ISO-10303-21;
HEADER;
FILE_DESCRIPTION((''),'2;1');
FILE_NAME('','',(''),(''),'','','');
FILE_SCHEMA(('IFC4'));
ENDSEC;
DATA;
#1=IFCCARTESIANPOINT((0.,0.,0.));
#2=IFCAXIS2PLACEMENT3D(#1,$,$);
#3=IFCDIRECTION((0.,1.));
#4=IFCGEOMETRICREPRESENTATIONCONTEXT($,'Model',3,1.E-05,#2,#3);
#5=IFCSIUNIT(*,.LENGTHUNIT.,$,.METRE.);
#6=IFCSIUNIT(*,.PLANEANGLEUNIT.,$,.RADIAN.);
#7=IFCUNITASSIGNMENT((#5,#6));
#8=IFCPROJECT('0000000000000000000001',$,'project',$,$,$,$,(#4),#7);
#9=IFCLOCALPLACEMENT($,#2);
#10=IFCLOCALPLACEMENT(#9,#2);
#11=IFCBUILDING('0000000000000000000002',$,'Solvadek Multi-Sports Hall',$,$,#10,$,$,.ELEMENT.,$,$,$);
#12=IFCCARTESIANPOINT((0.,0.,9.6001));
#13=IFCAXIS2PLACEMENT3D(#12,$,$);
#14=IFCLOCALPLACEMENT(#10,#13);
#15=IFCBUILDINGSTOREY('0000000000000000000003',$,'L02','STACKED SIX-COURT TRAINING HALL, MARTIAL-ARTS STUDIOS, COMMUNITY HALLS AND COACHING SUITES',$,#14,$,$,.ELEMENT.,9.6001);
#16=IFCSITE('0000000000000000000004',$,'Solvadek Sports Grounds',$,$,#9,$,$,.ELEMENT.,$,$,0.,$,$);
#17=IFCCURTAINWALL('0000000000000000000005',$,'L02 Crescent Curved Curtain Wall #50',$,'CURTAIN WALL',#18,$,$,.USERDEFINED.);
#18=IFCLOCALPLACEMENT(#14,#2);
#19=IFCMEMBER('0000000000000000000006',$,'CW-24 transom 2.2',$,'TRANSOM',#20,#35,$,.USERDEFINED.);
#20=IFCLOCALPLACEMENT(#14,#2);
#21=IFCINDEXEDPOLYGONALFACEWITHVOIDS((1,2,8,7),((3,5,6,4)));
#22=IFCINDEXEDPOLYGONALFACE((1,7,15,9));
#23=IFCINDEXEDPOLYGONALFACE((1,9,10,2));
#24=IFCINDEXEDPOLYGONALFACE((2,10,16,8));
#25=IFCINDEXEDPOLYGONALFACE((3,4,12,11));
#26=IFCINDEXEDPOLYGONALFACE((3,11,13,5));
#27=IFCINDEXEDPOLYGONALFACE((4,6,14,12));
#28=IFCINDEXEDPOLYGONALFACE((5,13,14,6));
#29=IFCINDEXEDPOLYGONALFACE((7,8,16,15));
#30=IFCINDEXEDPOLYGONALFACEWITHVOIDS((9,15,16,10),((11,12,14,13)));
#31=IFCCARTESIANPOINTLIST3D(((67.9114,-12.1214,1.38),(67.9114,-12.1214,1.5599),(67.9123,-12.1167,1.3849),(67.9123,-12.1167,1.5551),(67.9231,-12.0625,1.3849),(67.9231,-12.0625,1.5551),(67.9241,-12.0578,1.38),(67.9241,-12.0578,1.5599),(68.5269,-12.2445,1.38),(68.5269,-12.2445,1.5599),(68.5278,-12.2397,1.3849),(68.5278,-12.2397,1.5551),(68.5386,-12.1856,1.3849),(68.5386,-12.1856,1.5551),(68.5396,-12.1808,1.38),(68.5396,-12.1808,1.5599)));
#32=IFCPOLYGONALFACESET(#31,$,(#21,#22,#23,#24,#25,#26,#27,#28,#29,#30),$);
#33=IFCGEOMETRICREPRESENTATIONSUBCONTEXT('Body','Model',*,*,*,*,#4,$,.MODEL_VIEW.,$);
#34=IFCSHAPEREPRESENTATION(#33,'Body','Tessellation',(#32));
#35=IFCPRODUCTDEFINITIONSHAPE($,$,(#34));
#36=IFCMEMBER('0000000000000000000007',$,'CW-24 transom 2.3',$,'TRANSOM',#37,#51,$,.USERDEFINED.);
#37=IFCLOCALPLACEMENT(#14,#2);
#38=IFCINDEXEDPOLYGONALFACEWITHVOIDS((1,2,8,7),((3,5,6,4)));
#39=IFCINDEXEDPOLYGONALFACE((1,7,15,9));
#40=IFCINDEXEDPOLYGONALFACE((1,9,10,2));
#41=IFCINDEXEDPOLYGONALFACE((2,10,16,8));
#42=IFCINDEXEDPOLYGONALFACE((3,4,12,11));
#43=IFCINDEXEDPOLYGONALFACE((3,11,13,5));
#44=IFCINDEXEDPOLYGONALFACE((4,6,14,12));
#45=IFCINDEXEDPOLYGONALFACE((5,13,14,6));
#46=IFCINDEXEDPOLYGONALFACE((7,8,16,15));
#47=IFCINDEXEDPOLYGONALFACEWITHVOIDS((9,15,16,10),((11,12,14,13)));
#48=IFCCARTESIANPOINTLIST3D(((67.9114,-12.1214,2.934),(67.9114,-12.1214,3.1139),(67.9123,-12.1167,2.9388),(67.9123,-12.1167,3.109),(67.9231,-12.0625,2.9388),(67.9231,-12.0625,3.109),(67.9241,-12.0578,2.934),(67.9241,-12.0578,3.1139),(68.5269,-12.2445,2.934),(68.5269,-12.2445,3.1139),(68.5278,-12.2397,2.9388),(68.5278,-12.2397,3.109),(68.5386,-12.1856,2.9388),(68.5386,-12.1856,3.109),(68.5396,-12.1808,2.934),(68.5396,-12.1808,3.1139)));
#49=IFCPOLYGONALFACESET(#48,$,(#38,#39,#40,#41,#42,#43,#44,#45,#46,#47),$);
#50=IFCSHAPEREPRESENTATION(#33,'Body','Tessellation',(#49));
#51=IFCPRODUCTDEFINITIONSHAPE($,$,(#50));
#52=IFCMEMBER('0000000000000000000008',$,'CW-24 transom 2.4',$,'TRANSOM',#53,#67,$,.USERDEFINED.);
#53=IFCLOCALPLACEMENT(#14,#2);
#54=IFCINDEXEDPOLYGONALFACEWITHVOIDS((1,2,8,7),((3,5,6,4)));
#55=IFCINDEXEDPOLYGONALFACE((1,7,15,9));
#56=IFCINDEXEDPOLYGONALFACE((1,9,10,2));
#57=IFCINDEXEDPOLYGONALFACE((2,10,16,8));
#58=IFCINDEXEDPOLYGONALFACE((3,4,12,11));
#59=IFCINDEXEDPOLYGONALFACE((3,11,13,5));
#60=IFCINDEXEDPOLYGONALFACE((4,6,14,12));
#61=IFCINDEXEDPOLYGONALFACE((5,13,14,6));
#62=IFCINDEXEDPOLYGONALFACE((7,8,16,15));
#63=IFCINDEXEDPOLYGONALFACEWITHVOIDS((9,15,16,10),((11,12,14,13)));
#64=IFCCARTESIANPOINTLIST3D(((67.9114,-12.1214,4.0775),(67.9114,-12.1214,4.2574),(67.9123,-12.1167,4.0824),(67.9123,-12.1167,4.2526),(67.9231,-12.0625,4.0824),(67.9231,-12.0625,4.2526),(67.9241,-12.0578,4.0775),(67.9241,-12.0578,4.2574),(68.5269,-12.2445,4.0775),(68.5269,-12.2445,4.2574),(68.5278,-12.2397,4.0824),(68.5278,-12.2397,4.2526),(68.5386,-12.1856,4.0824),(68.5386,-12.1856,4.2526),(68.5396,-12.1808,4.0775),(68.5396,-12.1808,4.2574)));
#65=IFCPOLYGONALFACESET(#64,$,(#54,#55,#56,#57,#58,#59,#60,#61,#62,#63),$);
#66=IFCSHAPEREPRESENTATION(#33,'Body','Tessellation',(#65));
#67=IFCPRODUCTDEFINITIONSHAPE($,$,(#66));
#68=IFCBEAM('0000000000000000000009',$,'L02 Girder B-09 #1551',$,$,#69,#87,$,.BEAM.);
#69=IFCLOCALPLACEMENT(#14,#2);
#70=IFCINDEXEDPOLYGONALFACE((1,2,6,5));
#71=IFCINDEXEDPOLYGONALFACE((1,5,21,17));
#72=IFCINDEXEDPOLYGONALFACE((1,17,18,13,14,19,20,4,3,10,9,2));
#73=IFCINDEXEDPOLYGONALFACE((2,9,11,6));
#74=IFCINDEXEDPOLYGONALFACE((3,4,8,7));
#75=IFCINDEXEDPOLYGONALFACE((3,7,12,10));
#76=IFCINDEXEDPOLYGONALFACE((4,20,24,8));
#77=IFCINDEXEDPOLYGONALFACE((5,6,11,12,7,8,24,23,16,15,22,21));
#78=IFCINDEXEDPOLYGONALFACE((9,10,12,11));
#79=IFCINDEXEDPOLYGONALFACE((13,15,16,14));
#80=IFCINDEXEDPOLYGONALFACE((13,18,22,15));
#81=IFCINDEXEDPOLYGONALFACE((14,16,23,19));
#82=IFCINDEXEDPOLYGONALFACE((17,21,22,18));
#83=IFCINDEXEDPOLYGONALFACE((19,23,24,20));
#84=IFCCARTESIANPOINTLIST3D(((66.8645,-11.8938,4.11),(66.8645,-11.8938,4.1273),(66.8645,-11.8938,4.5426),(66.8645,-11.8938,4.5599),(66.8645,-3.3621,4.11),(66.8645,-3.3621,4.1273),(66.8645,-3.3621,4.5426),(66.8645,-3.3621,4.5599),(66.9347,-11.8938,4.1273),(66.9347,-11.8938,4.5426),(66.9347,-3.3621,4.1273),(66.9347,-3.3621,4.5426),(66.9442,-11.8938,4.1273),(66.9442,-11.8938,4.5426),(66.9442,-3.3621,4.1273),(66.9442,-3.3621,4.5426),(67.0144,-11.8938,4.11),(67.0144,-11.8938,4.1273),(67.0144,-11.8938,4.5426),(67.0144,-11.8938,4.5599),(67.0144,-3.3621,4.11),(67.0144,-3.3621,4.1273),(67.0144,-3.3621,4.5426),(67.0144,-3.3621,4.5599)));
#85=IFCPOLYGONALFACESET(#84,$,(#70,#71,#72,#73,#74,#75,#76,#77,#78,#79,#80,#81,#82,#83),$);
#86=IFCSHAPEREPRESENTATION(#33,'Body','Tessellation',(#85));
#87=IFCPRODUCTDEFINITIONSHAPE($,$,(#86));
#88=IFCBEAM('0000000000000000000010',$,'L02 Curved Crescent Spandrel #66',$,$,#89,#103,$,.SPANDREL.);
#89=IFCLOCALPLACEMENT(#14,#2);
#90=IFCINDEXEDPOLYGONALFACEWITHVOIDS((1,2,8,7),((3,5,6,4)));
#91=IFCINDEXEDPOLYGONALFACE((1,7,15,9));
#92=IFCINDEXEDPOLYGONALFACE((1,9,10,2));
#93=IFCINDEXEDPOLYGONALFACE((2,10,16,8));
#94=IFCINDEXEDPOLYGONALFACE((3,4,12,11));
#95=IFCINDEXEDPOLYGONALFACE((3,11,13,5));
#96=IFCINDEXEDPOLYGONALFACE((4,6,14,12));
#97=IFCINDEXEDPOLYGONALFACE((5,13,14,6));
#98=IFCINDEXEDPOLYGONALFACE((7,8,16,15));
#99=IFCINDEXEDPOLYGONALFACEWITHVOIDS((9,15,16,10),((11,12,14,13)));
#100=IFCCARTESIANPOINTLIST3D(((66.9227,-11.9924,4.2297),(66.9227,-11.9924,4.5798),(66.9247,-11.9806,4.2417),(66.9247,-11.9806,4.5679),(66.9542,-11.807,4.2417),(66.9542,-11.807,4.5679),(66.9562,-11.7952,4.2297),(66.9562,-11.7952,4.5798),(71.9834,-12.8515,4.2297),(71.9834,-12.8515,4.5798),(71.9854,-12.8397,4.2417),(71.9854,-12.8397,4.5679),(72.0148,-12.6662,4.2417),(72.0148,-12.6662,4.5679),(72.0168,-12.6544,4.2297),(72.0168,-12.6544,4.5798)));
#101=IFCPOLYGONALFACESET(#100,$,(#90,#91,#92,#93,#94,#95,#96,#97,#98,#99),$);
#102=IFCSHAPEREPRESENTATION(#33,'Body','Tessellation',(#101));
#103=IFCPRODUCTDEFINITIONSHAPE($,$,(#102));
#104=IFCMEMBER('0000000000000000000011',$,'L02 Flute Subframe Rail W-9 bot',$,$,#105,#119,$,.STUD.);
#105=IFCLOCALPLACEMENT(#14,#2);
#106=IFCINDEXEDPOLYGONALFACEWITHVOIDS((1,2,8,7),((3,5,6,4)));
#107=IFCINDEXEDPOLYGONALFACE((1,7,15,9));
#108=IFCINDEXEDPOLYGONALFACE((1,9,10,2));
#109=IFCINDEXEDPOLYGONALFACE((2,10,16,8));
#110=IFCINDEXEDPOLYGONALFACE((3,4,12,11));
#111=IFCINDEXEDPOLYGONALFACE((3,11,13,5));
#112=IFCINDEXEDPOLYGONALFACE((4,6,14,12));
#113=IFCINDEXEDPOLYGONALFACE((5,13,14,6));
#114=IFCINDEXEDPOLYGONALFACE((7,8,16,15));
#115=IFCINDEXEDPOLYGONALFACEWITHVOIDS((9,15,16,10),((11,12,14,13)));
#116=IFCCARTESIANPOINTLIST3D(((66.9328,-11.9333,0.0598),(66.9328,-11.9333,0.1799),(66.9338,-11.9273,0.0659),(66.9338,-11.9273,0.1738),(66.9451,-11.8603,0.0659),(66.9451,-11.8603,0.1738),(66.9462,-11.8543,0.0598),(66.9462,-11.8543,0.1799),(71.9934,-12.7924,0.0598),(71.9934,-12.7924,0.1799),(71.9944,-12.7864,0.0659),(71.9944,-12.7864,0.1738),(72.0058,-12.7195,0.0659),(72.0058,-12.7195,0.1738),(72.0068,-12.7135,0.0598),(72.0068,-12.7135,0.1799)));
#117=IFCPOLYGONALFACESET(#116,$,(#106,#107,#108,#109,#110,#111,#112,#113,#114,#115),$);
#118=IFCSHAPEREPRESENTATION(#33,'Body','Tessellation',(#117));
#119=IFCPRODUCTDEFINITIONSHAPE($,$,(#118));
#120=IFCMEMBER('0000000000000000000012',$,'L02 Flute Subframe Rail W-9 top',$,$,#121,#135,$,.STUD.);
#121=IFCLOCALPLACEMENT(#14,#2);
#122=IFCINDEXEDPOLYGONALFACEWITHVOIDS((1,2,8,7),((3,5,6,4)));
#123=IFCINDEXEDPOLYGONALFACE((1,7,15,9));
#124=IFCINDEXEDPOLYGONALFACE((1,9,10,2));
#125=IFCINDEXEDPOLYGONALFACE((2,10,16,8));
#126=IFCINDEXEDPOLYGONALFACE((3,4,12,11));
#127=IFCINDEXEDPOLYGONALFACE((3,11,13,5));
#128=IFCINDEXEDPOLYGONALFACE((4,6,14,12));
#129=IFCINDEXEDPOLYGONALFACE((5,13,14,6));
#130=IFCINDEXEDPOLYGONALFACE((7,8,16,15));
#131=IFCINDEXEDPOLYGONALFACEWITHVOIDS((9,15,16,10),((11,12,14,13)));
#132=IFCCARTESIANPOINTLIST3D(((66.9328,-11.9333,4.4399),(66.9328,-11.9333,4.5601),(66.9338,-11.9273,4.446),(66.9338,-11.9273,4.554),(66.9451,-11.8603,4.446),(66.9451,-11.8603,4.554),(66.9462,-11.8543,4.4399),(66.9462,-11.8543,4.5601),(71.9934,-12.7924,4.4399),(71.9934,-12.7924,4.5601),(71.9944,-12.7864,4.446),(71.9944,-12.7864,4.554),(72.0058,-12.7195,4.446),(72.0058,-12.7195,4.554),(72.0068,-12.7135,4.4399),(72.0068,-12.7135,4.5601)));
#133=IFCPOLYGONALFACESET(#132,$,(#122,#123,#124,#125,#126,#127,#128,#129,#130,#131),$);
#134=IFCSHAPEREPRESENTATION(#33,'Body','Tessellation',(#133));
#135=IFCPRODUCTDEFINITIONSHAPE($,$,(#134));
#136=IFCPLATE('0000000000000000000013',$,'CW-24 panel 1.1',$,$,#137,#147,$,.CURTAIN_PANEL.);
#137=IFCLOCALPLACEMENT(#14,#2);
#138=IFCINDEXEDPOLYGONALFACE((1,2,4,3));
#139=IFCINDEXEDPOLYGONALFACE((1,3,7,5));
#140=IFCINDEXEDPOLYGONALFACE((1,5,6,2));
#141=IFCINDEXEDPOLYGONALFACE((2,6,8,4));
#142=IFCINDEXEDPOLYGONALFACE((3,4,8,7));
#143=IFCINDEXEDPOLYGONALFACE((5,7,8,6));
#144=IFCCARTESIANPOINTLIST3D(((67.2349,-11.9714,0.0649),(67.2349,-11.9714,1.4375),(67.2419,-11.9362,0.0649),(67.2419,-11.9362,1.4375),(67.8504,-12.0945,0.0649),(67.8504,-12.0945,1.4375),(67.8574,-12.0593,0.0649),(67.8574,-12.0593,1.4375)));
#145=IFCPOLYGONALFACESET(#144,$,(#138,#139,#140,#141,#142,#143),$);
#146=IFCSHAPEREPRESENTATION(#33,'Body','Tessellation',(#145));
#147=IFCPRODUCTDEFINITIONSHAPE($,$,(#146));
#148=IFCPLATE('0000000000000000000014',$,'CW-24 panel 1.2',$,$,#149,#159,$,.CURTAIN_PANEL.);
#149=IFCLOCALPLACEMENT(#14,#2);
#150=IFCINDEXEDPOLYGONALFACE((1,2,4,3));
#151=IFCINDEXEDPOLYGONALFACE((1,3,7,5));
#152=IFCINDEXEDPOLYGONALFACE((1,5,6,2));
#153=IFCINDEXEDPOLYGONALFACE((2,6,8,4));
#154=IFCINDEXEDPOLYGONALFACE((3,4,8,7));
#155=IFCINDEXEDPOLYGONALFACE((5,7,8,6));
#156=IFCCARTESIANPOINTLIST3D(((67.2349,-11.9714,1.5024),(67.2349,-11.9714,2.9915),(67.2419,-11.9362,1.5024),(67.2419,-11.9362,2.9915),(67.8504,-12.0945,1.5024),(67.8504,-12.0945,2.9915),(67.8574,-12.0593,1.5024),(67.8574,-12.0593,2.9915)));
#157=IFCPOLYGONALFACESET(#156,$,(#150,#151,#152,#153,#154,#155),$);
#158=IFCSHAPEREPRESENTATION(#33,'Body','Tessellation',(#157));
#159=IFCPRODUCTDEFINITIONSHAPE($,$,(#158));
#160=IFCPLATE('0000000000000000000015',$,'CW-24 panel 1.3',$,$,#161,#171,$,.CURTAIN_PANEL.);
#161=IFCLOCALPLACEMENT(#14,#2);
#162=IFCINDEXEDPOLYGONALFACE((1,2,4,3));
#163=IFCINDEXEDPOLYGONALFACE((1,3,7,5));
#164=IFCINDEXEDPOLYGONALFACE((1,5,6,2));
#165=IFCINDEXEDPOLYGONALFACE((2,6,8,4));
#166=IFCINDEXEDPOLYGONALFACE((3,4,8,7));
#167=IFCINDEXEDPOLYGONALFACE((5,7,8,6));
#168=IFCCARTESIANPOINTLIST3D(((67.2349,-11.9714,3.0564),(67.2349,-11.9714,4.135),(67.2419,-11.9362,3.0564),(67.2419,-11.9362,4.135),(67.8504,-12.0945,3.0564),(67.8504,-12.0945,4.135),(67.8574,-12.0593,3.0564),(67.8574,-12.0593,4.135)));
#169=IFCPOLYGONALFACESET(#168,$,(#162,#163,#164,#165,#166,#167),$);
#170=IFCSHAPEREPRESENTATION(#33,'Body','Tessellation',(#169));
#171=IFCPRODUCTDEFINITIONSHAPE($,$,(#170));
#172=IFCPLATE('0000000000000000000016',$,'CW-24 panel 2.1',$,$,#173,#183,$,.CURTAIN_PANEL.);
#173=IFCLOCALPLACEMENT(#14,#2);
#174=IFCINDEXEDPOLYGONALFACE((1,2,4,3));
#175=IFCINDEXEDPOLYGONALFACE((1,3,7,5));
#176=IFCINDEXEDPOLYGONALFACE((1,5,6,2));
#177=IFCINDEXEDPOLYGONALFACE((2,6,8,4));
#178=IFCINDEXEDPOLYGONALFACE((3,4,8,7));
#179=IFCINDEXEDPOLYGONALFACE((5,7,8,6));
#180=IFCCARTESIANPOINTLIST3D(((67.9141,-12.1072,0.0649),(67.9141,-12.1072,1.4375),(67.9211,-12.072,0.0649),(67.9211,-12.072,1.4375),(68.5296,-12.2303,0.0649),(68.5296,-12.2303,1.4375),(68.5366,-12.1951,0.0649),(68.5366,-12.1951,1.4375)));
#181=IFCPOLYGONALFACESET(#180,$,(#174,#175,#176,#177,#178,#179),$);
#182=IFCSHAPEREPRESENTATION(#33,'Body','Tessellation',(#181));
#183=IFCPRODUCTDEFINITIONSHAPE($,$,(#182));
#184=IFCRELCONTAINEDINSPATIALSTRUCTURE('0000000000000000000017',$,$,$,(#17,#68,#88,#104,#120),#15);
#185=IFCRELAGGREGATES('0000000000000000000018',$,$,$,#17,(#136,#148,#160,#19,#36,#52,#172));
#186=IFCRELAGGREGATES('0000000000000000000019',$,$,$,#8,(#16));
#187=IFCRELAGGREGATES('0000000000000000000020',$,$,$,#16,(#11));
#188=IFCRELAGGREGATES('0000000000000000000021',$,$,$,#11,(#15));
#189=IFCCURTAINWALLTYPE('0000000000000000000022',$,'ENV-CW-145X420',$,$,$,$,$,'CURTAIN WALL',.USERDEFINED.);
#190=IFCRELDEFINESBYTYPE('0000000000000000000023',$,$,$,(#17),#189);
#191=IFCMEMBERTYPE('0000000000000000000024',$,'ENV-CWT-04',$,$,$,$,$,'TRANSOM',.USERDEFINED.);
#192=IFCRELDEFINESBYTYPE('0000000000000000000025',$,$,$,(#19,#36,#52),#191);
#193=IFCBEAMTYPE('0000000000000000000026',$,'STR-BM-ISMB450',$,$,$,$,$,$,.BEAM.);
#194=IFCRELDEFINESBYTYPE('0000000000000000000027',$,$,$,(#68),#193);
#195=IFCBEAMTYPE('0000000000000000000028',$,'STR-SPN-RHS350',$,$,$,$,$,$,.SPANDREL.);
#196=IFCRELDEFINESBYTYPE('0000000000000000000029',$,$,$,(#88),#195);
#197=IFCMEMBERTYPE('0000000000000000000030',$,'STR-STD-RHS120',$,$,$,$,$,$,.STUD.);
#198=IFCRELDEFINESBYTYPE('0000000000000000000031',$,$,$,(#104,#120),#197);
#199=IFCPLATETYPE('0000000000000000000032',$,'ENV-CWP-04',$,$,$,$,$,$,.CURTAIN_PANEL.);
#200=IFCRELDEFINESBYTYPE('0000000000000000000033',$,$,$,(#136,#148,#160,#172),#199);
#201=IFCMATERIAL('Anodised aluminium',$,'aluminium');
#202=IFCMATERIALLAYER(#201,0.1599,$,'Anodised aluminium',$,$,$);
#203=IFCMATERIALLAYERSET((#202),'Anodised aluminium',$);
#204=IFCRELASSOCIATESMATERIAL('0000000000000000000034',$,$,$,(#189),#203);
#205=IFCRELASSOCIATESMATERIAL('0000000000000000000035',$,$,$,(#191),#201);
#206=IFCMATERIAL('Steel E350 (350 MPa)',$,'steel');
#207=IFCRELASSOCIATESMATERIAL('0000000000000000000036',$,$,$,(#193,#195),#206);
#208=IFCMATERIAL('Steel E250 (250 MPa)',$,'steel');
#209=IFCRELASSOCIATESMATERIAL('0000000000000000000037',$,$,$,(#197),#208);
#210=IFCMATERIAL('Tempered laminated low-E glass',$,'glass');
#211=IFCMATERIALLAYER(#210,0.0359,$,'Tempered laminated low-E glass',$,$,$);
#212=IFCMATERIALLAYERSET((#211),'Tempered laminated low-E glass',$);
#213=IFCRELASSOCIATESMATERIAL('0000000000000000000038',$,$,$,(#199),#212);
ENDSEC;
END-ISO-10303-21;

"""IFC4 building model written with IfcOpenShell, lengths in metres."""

from ifc_helpers import new_model, si_unit, direction, frame, origin, origin_2d, place, context, subcontext, project, spatial, rectangle, hollow_rectangle, i_section, extrude, material, layer, layer_set, material_profile, profile_set, type_object, element, aggregate, save


model = new_model("IFC4")

# Units and contexts
model_context = context("Model", 3, precision=1e-05, world=origin(), true_north=direction((0.0, 1.0)))
body_context = subcontext(model_context, "Body", "Model", "MODEL_VIEW")
ifc_project = project(units=[si_unit("LENGTHUNIT", "METRE"), si_unit("PLANEANGLEUNIT", "RADIAN")], contexts=[model_context])

# Site, building, storey
site_placement = place(None, origin())
site = spatial("IfcSite", under=ifc_project, at=site_placement, Name="Solvadek Sports Grounds", CompositionType="ELEMENT", RefElevation=0.0)
building_placement = place(site_placement, origin())
building = spatial("IfcBuilding", under=site, at=building_placement, Name="Solvadek Multi-Sports Hall", CompositionType="ELEMENT")
storey_placement = place(building_placement, frame((0.0, 0.0, 9.6001)))
storey = spatial("IfcBuildingStorey", under=building, at=storey_placement, Name="L02", Description="STACKED SIX-COURT TRAINING HALL, MARTIAL-ARTS STUDIOS, COMMUNITY HALLS AND COACHING SUITES", CompositionType="ELEMENT", Elevation=9.6001)

# Shared definitions
ifc_material_1 = material(Name="Steel E350 (350 MPa)", Category="steel")

# Curtain wall
ifc_material_2 = material(Name="Anodised aluminium", Category="aluminium")
ifc_layer_1 = layer(ifc_material_2, 0.1599, Name="Anodised aluminium")
ifc_layer_set_1 = layer_set([ifc_layer_1], Name="Anodised aluminium")
curtain_wall_type_1 = type_object("IfcCurtainWallType", Name="ENV-CW-145X420", ElementType="CURTAIN WALL", PredefinedType="USERDEFINED", material=ifc_layer_set_1)
curtain_wall_1_placement = place(storey_placement, origin())
curtain_wall_1 = element("IfcCurtainWall", 1, at=curtain_wall_1_placement, inside=storey, type_object=curtain_wall_type_1, Name="L02 Crescent Curved Curtain Wall #50", ObjectType="CURTAIN WALL", PredefinedType="USERDEFINED")

# Members
ifc_material_profile_1 = material_profile(ifc_material_2, hollow_rectangle(XDim=0.0649, YDim=0.1799, WallThickness=0.0049, at=origin_2d()), Name="ALU-T 180x65x5")
ifc_profile_set_1 = profile_set([ifc_material_profile_1], Name="Anodised aluminium")
member_type_1 = type_object("IfcMemberType", Name="ENV-CWT-04", ElementType="TRANSOM", PredefinedType="USERDEFINED", material=ifc_profile_set_1)
member_1_placement = place(storey_placement, frame((67.9177, -12.0896, 1.47), z_axis=(0.980596, -0.196041, 0.0), x_axis=(0.196041, 0.980596, 0.0)))
member_1 = element("IfcMember", 2, at=member_1_placement, type_object=member_type_1, Name="CW-24 transom 2.2", ObjectType="TRANSOM", PredefinedType="USERDEFINED", context=body_context, shape_type="SweptSolid", body=[
    extrude(hollow_rectangle(XDim=0.0649, YDim=0.1799, WallThickness=0.0049, at=origin_2d()), origin(), (0.0, 0.0, 1.0), 0.6277),
])
member_2_placement = place(storey_placement, frame((67.9177, -12.0896, 3.0239), z_axis=(0.980596, -0.196041, 0.0), x_axis=(0.196041, 0.980596, 0.0)))
member_2 = element("IfcMember", 3, at=member_2_placement, type_object=member_type_1, Name="CW-24 transom 2.3", ObjectType="TRANSOM", PredefinedType="USERDEFINED", context=body_context, shape_type="SweptSolid", body=[
    extrude(hollow_rectangle(XDim=0.0649, YDim=0.1799, WallThickness=0.0049, at=origin_2d()), origin(), (0.0, 0.0, 1.0), 0.6277),
])
member_3_placement = place(storey_placement, frame((67.9177, -12.0896, 4.1675), z_axis=(0.980596, -0.196041, 0.0), x_axis=(0.196041, 0.980596, 0.0)))
member_3 = element("IfcMember", 4, at=member_3_placement, type_object=member_type_1, Name="CW-24 transom 2.4", ObjectType="TRANSOM", PredefinedType="USERDEFINED", context=body_context, shape_type="SweptSolid", body=[
    extrude(hollow_rectangle(XDim=0.0649, YDim=0.1799, WallThickness=0.0049, at=origin_2d()), origin(), (0.0, 0.0, 1.0), 0.6277),
])

# Beams
ifc_material_profile_2 = material_profile(ifc_material_1, i_section(OverallWidth=0.1499, OverallDepth=0.45, WebThickness=0.0095, FlangeThickness=0.0173, at=origin_2d()), Name="ISMB 450")
ifc_profile_set_2 = profile_set([ifc_material_profile_2], Name="Steel E350 (350 MPa)")
beam_type_1 = type_object("IfcBeamType", Name="STR-BM-ISMB450", PredefinedType="BEAM", material=ifc_profile_set_2)
beam_1_placement = place(storey_placement, frame((66.9395, -11.8938, 4.335), z_axis=(0.0, 1.0, 0.0), x_axis=(-1.0, 0.0, 0.0)))
element("IfcBeam", 5, at=beam_1_placement, inside=storey, type_object=beam_type_1, Name="L02 Girder B-09 #1551", PredefinedType="BEAM", context=body_context, shape_type="SweptSolid", body=[
    extrude(i_section(OverallWidth=0.1499, OverallDepth=0.45, WebThickness=0.0095, FlangeThickness=0.0173, at=origin_2d()), origin(), (0.0, 0.0, 1.0), 8.5317),
])
ifc_material_profile_3 = material_profile(ifc_material_1, hollow_rectangle(XDim=0.2, YDim=0.3501, WallThickness=0.012, at=origin_2d()), Name="RHS 350x200x12")
ifc_profile_set_3 = profile_set([ifc_material_profile_3], Name="Steel E350 (350 MPa)")
beam_type_2 = type_object("IfcBeamType", Name="STR-SPN-RHS350", PredefinedType="SPANDREL", material=ifc_profile_set_3)
beam_2_placement = place(storey_placement, frame((66.9395, -11.8938, 4.4048), z_axis=(0.985893, -0.167375, 0.0), x_axis=(0.167375, 0.985893, 0.0)))
element("IfcBeam", 6, at=beam_2_placement, inside=storey, type_object=beam_type_2, Name="L02 Curved Crescent Spandrel #66", PredefinedType="SPANDREL", context=body_context, shape_type="SweptSolid", body=[
    extrude(hollow_rectangle(XDim=0.2, YDim=0.3501, WallThickness=0.012, at=origin_2d()), origin(), (0.0, 0.0, 1.0), 5.1331),
])

# Members
ifc_material_3 = material(Name="Steel E250 (250 MPa)", Category="steel")
ifc_material_profile_4 = material_profile(ifc_material_3, hollow_rectangle(XDim=0.0801, YDim=0.1201, WallThickness=0.0061, at=origin_2d()), Name="RHS 120x80x6")
ifc_profile_set_4 = profile_set([ifc_material_profile_4], Name="Steel E250 (250 MPa)")
member_type_2 = type_object("IfcMemberType", Name="STR-STD-RHS120", PredefinedType="STUD", material=ifc_profile_set_4)
for number, where, z_axis, x_axis, name in (
    (7, (66.9395, -11.8938, 0.1199), (0.985893, -0.167375, 0.0), (0.167375, 0.985893, 0.0), "L02 Flute Subframe Rail W-9 bot"),
    (8, (66.9395, -11.8938, 4.5), (0.985893, -0.167375, 0.0), (0.167375, 0.985893, 0.0), "L02 Flute Subframe Rail W-9 top"),
):
    element("IfcMember", number, at=place(storey_placement, frame(where, z_axis=z_axis, x_axis=x_axis)), inside=storey, type_object=member_type_2, Name=name, PredefinedType="STUD", context=body_context, shape_type="SweptSolid", body=[
        extrude(hollow_rectangle(XDim=0.0801, YDim=0.1201, WallThickness=0.0061, at=origin_2d()), origin(), (0.0, 0.0, 1.0), 5.1331),
    ])

# Plates
ifc_material_4 = material(Name="Tempered laminated low-E glass", Category="glass")
ifc_layer_2 = layer(ifc_material_4, 0.0359, Name="Tempered laminated low-E glass")
ifc_layer_set_2 = layer_set([ifc_layer_2], Name="Tempered laminated low-E glass")
plate_type_1 = type_object("IfcPlateType", Name="ENV-CWP-04", PredefinedType="CURTAIN_PANEL", material=ifc_layer_set_2)
plate_1_placement = place(storey_placement, frame((67.5461, -12.0154, 0.0649), z_axis=(0.0, 0.0, 1.0), x_axis=(0.980573, -0.196156, 0.0)))
plate_1 = element("IfcPlate", 9, at=plate_1_placement, type_object=plate_type_1, Name="CW-24 panel 1.1", PredefinedType="CURTAIN_PANEL", context=body_context, shape_type="SweptSolid", body=[
    extrude(rectangle(XDim=0.6277, YDim=0.0359, at=origin_2d()), origin(), (0.0, 0.0, 1.0), 1.3726),
])
plate_2_placement = place(storey_placement, frame((67.5461, -12.0154, 1.5024), z_axis=(0.0, 0.0, 1.0), x_axis=(0.980573, -0.196156, 0.0)))
plate_2 = element("IfcPlate", 10, at=plate_2_placement, type_object=plate_type_1, Name="CW-24 panel 1.2", PredefinedType="CURTAIN_PANEL", context=body_context, shape_type="SweptSolid", body=[
    extrude(rectangle(XDim=0.6277, YDim=0.0359, at=origin_2d()), origin(), (0.0, 0.0, 1.0), 1.489),
])
plate_3_placement = place(storey_placement, frame((67.5461, -12.0154, 3.0564), z_axis=(0.0, 0.0, 1.0), x_axis=(0.980573, -0.196156, 0.0)))
plate_3 = element("IfcPlate", 11, at=plate_3_placement, type_object=plate_type_1, Name="CW-24 panel 1.3", PredefinedType="CURTAIN_PANEL", context=body_context, shape_type="SweptSolid", body=[
    extrude(rectangle(XDim=0.6277, YDim=0.0359, at=origin_2d()), origin(), (0.0, 0.0, 1.0), 1.0786),
])
plate_4_placement = place(storey_placement, frame((68.2253, -12.1511, 0.0649), z_axis=(0.0, 0.0, 1.0), x_axis=(0.980573, -0.196156, 0.0)))
plate_4 = element("IfcPlate", 12, at=plate_4_placement, type_object=plate_type_1, Name="CW-24 panel 2.1", PredefinedType="CURTAIN_PANEL", context=body_context, shape_type="SweptSolid", body=[
    extrude(rectangle(XDim=0.6277, YDim=0.0359, at=origin_2d()), origin(), (0.0, 0.0, 1.0), 1.3726),
])
aggregate(curtain_wall_1, [plate_1, plate_2, plate_3, member_1, member_2, member_3, plate_4])

save(model, "model.ifc")
